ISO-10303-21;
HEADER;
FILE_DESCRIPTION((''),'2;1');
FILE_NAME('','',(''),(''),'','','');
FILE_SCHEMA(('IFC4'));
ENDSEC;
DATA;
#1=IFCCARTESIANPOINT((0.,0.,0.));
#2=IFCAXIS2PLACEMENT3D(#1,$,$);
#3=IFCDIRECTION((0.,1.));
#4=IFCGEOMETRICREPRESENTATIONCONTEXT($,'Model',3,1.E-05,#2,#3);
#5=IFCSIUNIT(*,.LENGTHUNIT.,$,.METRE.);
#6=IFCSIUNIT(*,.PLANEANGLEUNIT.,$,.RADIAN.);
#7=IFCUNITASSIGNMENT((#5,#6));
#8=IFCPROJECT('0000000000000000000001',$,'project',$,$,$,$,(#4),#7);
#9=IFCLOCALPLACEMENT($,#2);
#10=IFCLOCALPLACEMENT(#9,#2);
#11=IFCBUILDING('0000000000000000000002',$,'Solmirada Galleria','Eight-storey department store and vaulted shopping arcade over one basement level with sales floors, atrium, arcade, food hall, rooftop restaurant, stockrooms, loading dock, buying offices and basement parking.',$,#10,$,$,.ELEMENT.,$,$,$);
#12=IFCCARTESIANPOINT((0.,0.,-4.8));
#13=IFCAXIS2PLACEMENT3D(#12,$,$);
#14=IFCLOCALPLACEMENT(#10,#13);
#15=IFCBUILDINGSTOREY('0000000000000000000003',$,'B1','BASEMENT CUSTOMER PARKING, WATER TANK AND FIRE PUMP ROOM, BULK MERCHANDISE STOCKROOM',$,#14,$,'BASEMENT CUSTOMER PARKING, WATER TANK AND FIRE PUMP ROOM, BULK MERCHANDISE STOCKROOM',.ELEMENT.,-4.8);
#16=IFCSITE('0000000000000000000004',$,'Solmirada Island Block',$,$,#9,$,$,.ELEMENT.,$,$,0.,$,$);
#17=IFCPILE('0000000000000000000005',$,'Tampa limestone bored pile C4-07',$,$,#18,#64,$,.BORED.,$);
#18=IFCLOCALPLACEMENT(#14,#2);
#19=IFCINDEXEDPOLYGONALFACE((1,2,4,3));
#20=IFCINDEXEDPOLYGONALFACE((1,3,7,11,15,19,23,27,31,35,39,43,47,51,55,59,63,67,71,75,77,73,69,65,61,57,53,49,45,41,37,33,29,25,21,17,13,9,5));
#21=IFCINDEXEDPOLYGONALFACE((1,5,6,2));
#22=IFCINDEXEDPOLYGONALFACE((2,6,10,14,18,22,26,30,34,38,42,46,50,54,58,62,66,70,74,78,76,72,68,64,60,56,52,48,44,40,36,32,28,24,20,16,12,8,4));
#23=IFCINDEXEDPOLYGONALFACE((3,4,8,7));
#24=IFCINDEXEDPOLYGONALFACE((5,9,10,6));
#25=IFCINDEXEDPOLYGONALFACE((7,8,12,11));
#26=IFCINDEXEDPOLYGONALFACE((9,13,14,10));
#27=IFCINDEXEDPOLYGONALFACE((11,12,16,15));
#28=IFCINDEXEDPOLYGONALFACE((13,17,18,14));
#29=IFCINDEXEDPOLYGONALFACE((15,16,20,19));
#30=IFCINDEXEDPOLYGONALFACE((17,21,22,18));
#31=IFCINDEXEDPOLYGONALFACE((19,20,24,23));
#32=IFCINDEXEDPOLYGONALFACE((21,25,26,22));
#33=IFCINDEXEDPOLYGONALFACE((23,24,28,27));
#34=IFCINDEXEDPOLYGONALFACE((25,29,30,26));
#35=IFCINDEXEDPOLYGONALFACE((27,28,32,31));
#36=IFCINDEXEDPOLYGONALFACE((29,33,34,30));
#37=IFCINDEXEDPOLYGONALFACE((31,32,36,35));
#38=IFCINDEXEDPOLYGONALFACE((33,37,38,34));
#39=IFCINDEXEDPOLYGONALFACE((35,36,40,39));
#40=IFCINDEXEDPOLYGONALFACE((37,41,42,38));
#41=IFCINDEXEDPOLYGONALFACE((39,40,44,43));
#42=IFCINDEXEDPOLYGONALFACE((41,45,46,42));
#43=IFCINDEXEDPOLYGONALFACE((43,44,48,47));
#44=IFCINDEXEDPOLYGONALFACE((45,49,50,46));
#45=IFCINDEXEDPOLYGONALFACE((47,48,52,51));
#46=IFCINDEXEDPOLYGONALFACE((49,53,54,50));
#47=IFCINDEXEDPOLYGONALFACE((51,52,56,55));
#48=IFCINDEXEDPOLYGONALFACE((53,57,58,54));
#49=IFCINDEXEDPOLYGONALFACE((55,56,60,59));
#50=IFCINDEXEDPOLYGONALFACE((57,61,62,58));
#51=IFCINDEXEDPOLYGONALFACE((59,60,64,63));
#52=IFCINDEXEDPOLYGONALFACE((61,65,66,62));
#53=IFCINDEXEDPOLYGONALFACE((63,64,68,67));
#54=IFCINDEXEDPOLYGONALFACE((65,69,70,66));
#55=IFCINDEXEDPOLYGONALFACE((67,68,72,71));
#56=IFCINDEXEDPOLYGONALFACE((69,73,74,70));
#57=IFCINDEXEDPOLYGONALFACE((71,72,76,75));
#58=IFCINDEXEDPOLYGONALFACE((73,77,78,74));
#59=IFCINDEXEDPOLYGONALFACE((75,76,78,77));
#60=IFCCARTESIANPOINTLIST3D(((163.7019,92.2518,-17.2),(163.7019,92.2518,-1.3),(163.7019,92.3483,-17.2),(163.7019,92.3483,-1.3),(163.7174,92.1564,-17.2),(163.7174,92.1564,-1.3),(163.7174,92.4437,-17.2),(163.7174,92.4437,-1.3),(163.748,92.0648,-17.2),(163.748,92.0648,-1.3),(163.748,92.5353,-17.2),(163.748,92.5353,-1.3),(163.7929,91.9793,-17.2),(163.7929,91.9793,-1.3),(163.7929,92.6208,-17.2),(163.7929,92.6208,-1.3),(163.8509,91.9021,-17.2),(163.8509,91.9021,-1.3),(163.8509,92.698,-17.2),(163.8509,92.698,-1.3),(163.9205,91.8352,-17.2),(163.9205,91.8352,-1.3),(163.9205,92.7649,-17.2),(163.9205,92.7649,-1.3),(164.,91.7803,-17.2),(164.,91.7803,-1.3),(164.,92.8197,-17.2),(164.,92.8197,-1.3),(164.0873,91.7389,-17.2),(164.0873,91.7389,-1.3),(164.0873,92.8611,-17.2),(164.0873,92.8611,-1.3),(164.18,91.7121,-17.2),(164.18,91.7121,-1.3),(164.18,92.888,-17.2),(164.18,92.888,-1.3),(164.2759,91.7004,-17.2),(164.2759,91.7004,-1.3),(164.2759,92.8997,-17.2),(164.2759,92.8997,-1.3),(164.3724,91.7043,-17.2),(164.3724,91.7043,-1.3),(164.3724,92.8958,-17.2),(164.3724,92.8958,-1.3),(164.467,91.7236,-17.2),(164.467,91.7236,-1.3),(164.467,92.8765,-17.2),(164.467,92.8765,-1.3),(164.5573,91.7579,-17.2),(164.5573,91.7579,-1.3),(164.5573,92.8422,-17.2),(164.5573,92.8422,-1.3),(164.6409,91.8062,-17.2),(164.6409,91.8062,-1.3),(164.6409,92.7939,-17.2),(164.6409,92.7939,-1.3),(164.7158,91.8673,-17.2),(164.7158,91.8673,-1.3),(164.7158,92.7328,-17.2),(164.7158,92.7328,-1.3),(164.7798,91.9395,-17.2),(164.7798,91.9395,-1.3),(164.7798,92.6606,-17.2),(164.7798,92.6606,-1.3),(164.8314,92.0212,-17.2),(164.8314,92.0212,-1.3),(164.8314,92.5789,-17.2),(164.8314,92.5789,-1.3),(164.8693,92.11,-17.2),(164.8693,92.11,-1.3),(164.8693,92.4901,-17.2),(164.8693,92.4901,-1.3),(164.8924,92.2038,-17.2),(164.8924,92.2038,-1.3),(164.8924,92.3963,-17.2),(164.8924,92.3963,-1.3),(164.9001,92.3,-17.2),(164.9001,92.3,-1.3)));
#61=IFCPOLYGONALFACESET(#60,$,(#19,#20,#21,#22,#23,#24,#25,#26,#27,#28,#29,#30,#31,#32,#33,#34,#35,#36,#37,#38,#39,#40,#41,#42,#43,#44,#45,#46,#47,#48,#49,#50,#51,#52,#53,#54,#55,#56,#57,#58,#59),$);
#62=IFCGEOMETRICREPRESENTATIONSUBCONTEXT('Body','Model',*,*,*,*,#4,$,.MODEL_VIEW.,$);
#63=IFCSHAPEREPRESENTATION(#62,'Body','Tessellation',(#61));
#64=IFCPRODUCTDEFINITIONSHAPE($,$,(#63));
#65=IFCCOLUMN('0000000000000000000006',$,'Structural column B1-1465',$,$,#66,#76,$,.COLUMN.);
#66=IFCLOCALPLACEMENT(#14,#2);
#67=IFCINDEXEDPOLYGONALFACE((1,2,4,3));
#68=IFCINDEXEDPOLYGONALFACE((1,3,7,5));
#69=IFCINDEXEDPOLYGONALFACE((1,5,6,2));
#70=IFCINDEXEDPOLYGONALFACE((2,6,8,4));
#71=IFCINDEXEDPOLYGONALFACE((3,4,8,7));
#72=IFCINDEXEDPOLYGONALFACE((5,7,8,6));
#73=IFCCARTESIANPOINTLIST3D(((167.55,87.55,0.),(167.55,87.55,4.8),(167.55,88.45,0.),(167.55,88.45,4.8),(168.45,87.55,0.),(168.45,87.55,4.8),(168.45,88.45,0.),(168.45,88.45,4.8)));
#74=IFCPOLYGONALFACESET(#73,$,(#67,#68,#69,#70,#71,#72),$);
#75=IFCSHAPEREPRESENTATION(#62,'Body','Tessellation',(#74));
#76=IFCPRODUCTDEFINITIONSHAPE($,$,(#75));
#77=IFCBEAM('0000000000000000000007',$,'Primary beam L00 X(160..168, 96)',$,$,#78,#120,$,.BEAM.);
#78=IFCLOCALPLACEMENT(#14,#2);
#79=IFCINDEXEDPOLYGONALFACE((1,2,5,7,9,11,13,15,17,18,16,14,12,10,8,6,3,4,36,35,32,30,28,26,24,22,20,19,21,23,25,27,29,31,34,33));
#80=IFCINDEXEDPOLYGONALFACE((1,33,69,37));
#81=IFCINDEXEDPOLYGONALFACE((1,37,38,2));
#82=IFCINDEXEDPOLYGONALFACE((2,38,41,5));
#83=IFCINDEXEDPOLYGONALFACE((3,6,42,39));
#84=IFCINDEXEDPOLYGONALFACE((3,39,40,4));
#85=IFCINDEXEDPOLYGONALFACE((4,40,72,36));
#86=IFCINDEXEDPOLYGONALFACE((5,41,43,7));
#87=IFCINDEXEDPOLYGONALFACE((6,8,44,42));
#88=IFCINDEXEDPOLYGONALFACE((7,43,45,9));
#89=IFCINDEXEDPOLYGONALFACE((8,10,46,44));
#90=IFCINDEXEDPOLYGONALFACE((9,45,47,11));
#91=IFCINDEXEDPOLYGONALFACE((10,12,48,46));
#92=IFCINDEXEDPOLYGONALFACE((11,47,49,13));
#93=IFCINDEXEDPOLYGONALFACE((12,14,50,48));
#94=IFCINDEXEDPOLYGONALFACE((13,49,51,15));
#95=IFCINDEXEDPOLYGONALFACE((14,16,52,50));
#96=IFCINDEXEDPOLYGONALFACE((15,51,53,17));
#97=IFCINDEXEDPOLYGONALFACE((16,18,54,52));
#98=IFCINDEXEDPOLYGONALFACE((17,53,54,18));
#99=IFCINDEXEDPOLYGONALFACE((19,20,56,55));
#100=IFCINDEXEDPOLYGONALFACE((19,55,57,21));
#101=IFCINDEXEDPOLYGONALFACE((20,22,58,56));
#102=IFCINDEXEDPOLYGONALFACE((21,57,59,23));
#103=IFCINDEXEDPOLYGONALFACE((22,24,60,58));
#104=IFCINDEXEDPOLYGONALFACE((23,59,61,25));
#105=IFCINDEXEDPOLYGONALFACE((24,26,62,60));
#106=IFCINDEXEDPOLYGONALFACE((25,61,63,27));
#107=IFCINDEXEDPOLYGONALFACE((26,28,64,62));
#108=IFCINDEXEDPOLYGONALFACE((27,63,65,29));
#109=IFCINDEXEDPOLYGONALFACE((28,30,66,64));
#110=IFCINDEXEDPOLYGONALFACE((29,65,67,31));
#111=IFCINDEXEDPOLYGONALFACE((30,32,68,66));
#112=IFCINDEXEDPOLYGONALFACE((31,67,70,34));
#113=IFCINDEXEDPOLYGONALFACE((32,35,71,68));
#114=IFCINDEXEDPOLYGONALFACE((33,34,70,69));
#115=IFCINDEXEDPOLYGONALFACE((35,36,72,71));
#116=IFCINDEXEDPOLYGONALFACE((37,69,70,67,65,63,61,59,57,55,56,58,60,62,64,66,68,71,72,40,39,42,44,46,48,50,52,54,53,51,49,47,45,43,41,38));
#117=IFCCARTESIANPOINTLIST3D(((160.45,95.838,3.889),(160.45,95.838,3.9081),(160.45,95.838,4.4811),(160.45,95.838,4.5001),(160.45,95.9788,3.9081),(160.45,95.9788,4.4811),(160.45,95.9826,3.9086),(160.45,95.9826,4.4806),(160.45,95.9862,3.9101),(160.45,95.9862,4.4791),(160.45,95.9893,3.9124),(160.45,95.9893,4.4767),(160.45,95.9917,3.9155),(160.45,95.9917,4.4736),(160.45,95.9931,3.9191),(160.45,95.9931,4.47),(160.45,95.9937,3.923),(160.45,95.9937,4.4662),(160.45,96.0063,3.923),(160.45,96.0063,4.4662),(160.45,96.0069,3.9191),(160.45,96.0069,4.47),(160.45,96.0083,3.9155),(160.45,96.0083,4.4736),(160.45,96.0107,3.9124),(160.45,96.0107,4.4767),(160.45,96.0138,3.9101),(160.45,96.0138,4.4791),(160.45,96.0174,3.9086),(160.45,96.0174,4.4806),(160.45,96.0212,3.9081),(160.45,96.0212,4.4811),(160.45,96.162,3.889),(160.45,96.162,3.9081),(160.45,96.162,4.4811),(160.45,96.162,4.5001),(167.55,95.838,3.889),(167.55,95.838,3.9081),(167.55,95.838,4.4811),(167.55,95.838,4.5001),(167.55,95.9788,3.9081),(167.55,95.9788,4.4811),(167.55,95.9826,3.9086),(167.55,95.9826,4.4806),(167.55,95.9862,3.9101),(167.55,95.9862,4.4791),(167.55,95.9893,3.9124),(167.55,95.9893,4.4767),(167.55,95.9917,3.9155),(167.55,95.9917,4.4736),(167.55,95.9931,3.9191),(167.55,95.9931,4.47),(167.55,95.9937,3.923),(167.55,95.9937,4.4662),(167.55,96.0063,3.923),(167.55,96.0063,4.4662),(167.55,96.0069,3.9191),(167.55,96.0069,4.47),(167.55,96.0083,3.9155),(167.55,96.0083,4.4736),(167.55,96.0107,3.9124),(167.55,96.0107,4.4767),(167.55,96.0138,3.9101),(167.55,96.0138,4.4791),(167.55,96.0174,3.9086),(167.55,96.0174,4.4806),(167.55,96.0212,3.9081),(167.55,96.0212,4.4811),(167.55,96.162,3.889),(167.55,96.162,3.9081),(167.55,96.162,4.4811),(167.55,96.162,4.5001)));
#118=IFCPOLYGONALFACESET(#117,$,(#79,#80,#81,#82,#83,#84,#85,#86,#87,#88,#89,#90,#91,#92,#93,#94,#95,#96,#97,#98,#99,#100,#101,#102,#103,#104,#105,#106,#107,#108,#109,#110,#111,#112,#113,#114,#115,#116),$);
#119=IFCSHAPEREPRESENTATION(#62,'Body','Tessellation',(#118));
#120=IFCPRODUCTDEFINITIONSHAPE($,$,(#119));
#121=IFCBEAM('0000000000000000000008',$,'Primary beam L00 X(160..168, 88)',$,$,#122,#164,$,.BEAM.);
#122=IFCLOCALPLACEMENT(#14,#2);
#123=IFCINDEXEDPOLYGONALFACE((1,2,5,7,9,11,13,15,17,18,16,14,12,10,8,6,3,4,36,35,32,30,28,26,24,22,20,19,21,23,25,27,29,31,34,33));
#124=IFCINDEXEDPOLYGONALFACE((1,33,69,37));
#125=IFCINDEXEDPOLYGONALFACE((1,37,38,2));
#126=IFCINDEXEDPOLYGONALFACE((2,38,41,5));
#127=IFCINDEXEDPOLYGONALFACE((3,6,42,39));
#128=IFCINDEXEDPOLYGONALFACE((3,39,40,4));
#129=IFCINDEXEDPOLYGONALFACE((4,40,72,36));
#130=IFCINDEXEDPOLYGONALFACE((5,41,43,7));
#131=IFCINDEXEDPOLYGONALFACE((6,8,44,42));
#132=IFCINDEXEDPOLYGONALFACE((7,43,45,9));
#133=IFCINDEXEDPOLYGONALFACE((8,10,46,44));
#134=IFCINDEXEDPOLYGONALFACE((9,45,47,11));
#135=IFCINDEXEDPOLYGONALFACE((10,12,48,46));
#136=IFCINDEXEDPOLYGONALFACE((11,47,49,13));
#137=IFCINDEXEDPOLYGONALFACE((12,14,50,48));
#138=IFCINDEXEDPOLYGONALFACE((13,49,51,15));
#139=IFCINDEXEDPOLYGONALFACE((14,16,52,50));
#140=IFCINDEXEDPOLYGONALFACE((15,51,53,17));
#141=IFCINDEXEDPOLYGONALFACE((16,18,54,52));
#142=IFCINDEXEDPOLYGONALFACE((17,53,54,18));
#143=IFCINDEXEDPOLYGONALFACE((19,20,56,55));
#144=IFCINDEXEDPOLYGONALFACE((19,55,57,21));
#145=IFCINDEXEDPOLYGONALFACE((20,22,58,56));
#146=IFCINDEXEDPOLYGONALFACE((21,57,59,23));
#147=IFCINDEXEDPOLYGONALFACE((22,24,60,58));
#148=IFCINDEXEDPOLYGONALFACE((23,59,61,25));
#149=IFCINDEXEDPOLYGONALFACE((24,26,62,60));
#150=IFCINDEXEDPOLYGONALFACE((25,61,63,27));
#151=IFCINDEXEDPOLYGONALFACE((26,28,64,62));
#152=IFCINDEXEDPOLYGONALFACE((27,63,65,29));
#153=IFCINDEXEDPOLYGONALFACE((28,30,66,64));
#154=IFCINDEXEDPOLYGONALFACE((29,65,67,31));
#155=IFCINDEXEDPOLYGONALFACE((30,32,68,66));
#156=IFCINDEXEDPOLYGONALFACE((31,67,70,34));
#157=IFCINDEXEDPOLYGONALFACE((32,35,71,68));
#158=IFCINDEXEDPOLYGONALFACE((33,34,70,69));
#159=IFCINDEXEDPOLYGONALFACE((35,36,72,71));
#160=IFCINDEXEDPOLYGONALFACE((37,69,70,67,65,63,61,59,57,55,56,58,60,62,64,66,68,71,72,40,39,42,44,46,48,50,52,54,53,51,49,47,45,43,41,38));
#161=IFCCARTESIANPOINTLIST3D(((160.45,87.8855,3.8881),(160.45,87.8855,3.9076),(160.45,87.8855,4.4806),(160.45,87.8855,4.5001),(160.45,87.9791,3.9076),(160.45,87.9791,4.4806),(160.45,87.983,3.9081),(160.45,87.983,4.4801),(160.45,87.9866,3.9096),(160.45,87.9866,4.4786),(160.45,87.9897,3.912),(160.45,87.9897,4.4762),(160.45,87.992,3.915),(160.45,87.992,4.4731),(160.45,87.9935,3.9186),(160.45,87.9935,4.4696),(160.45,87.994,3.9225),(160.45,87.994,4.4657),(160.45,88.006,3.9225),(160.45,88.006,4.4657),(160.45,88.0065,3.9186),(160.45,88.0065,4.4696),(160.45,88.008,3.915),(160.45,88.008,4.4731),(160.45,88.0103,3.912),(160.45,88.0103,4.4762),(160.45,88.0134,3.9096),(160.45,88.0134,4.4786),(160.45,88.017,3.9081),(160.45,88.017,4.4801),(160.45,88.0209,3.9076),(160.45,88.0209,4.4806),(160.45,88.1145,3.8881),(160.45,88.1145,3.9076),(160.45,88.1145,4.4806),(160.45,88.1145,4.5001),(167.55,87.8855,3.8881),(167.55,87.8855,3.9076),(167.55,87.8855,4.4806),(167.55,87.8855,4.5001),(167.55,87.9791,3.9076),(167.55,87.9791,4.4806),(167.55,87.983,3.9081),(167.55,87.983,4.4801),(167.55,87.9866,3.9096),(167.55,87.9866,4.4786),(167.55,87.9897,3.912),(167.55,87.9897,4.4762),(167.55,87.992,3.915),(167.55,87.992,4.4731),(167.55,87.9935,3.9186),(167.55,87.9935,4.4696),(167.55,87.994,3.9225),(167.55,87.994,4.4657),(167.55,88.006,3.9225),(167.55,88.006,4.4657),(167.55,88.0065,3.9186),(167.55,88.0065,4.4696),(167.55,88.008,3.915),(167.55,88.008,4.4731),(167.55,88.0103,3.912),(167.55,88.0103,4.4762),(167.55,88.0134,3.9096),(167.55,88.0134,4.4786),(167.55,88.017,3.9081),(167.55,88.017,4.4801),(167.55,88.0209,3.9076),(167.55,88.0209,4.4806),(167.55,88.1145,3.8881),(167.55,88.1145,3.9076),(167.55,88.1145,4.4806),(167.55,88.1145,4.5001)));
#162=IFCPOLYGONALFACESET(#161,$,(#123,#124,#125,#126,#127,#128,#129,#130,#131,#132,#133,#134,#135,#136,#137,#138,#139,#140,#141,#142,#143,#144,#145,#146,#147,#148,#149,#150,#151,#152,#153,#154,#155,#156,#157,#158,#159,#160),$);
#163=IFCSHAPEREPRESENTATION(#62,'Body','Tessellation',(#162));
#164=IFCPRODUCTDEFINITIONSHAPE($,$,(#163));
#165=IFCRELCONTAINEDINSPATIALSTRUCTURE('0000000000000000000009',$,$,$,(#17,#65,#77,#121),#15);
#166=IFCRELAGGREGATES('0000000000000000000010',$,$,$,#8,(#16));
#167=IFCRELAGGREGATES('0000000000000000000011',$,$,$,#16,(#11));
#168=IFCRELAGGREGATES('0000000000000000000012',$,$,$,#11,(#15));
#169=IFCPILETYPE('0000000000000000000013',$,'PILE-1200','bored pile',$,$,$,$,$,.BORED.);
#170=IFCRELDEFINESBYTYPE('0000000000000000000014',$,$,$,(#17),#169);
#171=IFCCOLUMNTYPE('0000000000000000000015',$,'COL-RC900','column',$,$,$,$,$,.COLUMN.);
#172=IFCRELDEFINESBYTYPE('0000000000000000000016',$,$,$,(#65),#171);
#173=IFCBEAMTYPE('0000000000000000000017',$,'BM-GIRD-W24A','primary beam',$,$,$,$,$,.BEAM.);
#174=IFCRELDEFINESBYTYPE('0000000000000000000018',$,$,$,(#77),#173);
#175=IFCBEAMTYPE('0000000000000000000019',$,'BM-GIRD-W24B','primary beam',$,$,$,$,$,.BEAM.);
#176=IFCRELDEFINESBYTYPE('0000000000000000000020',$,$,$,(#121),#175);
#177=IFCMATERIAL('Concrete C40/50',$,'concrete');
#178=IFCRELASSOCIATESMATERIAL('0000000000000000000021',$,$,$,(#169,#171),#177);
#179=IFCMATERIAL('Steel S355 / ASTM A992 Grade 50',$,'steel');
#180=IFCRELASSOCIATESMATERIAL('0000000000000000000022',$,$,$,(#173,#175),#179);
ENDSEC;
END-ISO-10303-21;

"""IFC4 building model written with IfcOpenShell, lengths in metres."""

from ifc_helpers import new_model, si_unit, direction, frame, origin, origin_2d, place, context, subcontext, project, spatial, rectangle, circle, i_section, extrude, material, material_profile, profile_set, type_object, element, save


model = new_model("IFC4")

# Units and contexts
model_context = context("Model", 3, precision=1e-05, world=origin(), true_north=direction((0.0, 1.0)))
body_context = subcontext(model_context, "Body", "Model", "MODEL_VIEW")
ifc_project = project(units=[si_unit("LENGTHUNIT", "METRE"), si_unit("PLANEANGLEUNIT", "RADIAN")], contexts=[model_context])

# Site, building, storey
site_placement = place(None, origin())
site = spatial("IfcSite", under=ifc_project, at=site_placement, Name="Solmirada Island Block", CompositionType="ELEMENT", RefElevation=0.0)
building_placement = place(site_placement, origin())
building = spatial("IfcBuilding", under=site, at=building_placement, Name="Solmirada Galleria", Description="Eight-storey department store and vaulted shopping arcade over one basement level with sales floors, atrium, arcade, food hall, rooftop restaurant, stockrooms, loading dock, buying offices and basement parking.", CompositionType="ELEMENT")
storey_placement = place(building_placement, frame((0.0, 0.0, -4.8)))
storey = spatial("IfcBuildingStorey", under=building, at=storey_placement, Name="B1", Description="BASEMENT CUSTOMER PARKING, WATER TANK AND FIRE PUMP ROOM, BULK MERCHANDISE STOCKROOM", LongName="BASEMENT CUSTOMER PARKING, WATER TANK AND FIRE PUMP ROOM, BULK MERCHANDISE STOCKROOM", CompositionType="ELEMENT", Elevation=-4.8)

# Pile
ifc_material_1 = material(Name="Concrete C40/50", Category="concrete")
ifc_material_profile_1 = material_profile(ifc_material_1, circle(Radius=0.6001, at=origin_2d()), Name="PILE1200")
ifc_profile_set_1 = profile_set([ifc_material_profile_1], Name="Concrete C40/50")
pile_type = type_object("IfcPileType", Name="PILE-1200", Description="bored pile", PredefinedType="BORED", material=ifc_profile_set_1)
for number, where, z_axis, x_axis, name in (
    (1, (164.3, 92.3, -1.3), (0.0, 0.0, -1.0), (1.0, 0.0, 0.0), "Tampa limestone bored pile C4-07"),
):
    element("IfcPile", number, at=place(storey_placement, frame(where, z_axis=z_axis, x_axis=x_axis)), inside=storey, type_object=pile_type, Name=name, PredefinedType="BORED", context=body_context, shape_type="SweptSolid", body=[
        extrude(circle(Radius=0.6001, at=origin_2d()), origin(), (0.0, 0.0, 1.0), 15.8999),
    ])

# Column
ifc_material_profile_2 = material_profile(ifc_material_1, rectangle(XDim=0.8999, YDim=0.8999, at=origin_2d()), Name="RC900X900")
ifc_profile_set_2 = profile_set([ifc_material_profile_2], Name="Concrete C40/50")
column_type = type_object("IfcColumnType", Name="COL-RC900", Description="column", PredefinedType="COLUMN", material=ifc_profile_set_2)
column_placement = place(storey_placement, frame((168.0, 88.0, 0.0), z_axis=(0.0, 0.0, 1.0), x_axis=(1.0, 0.0, 0.0)))
element("IfcColumn", 2, at=column_placement, inside=storey, type_object=column_type, Name="Structural column B1-1465", PredefinedType="COLUMN", context=body_context, shape_type="SweptSolid", body=[
    extrude(rectangle(XDim=0.8999, YDim=0.8999, at=origin_2d()), origin(), (0.0, 0.0, 1.0), 4.8),
])

# Beams
ifc_material_2 = material(Name="Steel S355 / ASTM A992 Grade 50", Category="steel")
ifc_material_profile_3 = material_profile(ifc_material_2, i_section(OverallWidth=0.324, OverallDepth=0.6111, WebThickness=0.0127, FlangeThickness=0.019, FilletRadius=0.0149, at=origin_2d()), Name="W24X104")
ifc_profile_set_3 = profile_set([ifc_material_profile_3], Name="Steel S355 / ASTM A992 Grade 50")
beam_type_1 = type_object("IfcBeamType", Name="BM-GIRD-W24A", Description="primary beam", PredefinedType="BEAM", material=ifc_profile_set_3)
beam_1_placement = place(storey_placement, frame((160.45, 96.0, 4.1946), z_axis=(1.0, 0.0, 0.0), x_axis=(0.0, 1.0, 0.0)))
element("IfcBeam", 3, at=beam_1_placement, inside=storey, type_object=beam_type_1, Name="Primary beam L00 X(160..168, 96)", PredefinedType="BEAM", context=body_context, shape_type="SweptSolid", body=[
    extrude(i_section(OverallWidth=0.324, OverallDepth=0.6111, WebThickness=0.0127, FlangeThickness=0.019, FilletRadius=0.0149, at=origin_2d()), origin(), (0.0, 0.0, 1.0), 7.1001),
])
ifc_material_profile_4 = material_profile(ifc_material_2, i_section(OverallWidth=0.229, OverallDepth=0.6121, WebThickness=0.012, FlangeThickness=0.0195, FilletRadius=0.0149, at=origin_2d()), Name="W24X84")
ifc_profile_set_4 = profile_set([ifc_material_profile_4], Name="Steel S355 / ASTM A992 Grade 50")
beam_type_2 = type_object("IfcBeamType", Name="BM-GIRD-W24B", Description="primary beam", PredefinedType="BEAM", material=ifc_profile_set_4)
beam_2_placement = place(storey_placement, frame((160.45, 88.0, 4.1941), z_axis=(1.0, 0.0, 0.0), x_axis=(0.0, 1.0, 0.0)))
element("IfcBeam", 4, at=beam_2_placement, inside=storey, type_object=beam_type_2, Name="Primary beam L00 X(160..168, 88)", PredefinedType="BEAM", context=body_context, shape_type="SweptSolid", body=[
    extrude(i_section(OverallWidth=0.229, OverallDepth=0.6121, WebThickness=0.012, FlangeThickness=0.0195, FilletRadius=0.0149, at=origin_2d()), origin(), (0.0, 0.0, 1.0), 7.1001),
])

save(model, "model.ifc")
